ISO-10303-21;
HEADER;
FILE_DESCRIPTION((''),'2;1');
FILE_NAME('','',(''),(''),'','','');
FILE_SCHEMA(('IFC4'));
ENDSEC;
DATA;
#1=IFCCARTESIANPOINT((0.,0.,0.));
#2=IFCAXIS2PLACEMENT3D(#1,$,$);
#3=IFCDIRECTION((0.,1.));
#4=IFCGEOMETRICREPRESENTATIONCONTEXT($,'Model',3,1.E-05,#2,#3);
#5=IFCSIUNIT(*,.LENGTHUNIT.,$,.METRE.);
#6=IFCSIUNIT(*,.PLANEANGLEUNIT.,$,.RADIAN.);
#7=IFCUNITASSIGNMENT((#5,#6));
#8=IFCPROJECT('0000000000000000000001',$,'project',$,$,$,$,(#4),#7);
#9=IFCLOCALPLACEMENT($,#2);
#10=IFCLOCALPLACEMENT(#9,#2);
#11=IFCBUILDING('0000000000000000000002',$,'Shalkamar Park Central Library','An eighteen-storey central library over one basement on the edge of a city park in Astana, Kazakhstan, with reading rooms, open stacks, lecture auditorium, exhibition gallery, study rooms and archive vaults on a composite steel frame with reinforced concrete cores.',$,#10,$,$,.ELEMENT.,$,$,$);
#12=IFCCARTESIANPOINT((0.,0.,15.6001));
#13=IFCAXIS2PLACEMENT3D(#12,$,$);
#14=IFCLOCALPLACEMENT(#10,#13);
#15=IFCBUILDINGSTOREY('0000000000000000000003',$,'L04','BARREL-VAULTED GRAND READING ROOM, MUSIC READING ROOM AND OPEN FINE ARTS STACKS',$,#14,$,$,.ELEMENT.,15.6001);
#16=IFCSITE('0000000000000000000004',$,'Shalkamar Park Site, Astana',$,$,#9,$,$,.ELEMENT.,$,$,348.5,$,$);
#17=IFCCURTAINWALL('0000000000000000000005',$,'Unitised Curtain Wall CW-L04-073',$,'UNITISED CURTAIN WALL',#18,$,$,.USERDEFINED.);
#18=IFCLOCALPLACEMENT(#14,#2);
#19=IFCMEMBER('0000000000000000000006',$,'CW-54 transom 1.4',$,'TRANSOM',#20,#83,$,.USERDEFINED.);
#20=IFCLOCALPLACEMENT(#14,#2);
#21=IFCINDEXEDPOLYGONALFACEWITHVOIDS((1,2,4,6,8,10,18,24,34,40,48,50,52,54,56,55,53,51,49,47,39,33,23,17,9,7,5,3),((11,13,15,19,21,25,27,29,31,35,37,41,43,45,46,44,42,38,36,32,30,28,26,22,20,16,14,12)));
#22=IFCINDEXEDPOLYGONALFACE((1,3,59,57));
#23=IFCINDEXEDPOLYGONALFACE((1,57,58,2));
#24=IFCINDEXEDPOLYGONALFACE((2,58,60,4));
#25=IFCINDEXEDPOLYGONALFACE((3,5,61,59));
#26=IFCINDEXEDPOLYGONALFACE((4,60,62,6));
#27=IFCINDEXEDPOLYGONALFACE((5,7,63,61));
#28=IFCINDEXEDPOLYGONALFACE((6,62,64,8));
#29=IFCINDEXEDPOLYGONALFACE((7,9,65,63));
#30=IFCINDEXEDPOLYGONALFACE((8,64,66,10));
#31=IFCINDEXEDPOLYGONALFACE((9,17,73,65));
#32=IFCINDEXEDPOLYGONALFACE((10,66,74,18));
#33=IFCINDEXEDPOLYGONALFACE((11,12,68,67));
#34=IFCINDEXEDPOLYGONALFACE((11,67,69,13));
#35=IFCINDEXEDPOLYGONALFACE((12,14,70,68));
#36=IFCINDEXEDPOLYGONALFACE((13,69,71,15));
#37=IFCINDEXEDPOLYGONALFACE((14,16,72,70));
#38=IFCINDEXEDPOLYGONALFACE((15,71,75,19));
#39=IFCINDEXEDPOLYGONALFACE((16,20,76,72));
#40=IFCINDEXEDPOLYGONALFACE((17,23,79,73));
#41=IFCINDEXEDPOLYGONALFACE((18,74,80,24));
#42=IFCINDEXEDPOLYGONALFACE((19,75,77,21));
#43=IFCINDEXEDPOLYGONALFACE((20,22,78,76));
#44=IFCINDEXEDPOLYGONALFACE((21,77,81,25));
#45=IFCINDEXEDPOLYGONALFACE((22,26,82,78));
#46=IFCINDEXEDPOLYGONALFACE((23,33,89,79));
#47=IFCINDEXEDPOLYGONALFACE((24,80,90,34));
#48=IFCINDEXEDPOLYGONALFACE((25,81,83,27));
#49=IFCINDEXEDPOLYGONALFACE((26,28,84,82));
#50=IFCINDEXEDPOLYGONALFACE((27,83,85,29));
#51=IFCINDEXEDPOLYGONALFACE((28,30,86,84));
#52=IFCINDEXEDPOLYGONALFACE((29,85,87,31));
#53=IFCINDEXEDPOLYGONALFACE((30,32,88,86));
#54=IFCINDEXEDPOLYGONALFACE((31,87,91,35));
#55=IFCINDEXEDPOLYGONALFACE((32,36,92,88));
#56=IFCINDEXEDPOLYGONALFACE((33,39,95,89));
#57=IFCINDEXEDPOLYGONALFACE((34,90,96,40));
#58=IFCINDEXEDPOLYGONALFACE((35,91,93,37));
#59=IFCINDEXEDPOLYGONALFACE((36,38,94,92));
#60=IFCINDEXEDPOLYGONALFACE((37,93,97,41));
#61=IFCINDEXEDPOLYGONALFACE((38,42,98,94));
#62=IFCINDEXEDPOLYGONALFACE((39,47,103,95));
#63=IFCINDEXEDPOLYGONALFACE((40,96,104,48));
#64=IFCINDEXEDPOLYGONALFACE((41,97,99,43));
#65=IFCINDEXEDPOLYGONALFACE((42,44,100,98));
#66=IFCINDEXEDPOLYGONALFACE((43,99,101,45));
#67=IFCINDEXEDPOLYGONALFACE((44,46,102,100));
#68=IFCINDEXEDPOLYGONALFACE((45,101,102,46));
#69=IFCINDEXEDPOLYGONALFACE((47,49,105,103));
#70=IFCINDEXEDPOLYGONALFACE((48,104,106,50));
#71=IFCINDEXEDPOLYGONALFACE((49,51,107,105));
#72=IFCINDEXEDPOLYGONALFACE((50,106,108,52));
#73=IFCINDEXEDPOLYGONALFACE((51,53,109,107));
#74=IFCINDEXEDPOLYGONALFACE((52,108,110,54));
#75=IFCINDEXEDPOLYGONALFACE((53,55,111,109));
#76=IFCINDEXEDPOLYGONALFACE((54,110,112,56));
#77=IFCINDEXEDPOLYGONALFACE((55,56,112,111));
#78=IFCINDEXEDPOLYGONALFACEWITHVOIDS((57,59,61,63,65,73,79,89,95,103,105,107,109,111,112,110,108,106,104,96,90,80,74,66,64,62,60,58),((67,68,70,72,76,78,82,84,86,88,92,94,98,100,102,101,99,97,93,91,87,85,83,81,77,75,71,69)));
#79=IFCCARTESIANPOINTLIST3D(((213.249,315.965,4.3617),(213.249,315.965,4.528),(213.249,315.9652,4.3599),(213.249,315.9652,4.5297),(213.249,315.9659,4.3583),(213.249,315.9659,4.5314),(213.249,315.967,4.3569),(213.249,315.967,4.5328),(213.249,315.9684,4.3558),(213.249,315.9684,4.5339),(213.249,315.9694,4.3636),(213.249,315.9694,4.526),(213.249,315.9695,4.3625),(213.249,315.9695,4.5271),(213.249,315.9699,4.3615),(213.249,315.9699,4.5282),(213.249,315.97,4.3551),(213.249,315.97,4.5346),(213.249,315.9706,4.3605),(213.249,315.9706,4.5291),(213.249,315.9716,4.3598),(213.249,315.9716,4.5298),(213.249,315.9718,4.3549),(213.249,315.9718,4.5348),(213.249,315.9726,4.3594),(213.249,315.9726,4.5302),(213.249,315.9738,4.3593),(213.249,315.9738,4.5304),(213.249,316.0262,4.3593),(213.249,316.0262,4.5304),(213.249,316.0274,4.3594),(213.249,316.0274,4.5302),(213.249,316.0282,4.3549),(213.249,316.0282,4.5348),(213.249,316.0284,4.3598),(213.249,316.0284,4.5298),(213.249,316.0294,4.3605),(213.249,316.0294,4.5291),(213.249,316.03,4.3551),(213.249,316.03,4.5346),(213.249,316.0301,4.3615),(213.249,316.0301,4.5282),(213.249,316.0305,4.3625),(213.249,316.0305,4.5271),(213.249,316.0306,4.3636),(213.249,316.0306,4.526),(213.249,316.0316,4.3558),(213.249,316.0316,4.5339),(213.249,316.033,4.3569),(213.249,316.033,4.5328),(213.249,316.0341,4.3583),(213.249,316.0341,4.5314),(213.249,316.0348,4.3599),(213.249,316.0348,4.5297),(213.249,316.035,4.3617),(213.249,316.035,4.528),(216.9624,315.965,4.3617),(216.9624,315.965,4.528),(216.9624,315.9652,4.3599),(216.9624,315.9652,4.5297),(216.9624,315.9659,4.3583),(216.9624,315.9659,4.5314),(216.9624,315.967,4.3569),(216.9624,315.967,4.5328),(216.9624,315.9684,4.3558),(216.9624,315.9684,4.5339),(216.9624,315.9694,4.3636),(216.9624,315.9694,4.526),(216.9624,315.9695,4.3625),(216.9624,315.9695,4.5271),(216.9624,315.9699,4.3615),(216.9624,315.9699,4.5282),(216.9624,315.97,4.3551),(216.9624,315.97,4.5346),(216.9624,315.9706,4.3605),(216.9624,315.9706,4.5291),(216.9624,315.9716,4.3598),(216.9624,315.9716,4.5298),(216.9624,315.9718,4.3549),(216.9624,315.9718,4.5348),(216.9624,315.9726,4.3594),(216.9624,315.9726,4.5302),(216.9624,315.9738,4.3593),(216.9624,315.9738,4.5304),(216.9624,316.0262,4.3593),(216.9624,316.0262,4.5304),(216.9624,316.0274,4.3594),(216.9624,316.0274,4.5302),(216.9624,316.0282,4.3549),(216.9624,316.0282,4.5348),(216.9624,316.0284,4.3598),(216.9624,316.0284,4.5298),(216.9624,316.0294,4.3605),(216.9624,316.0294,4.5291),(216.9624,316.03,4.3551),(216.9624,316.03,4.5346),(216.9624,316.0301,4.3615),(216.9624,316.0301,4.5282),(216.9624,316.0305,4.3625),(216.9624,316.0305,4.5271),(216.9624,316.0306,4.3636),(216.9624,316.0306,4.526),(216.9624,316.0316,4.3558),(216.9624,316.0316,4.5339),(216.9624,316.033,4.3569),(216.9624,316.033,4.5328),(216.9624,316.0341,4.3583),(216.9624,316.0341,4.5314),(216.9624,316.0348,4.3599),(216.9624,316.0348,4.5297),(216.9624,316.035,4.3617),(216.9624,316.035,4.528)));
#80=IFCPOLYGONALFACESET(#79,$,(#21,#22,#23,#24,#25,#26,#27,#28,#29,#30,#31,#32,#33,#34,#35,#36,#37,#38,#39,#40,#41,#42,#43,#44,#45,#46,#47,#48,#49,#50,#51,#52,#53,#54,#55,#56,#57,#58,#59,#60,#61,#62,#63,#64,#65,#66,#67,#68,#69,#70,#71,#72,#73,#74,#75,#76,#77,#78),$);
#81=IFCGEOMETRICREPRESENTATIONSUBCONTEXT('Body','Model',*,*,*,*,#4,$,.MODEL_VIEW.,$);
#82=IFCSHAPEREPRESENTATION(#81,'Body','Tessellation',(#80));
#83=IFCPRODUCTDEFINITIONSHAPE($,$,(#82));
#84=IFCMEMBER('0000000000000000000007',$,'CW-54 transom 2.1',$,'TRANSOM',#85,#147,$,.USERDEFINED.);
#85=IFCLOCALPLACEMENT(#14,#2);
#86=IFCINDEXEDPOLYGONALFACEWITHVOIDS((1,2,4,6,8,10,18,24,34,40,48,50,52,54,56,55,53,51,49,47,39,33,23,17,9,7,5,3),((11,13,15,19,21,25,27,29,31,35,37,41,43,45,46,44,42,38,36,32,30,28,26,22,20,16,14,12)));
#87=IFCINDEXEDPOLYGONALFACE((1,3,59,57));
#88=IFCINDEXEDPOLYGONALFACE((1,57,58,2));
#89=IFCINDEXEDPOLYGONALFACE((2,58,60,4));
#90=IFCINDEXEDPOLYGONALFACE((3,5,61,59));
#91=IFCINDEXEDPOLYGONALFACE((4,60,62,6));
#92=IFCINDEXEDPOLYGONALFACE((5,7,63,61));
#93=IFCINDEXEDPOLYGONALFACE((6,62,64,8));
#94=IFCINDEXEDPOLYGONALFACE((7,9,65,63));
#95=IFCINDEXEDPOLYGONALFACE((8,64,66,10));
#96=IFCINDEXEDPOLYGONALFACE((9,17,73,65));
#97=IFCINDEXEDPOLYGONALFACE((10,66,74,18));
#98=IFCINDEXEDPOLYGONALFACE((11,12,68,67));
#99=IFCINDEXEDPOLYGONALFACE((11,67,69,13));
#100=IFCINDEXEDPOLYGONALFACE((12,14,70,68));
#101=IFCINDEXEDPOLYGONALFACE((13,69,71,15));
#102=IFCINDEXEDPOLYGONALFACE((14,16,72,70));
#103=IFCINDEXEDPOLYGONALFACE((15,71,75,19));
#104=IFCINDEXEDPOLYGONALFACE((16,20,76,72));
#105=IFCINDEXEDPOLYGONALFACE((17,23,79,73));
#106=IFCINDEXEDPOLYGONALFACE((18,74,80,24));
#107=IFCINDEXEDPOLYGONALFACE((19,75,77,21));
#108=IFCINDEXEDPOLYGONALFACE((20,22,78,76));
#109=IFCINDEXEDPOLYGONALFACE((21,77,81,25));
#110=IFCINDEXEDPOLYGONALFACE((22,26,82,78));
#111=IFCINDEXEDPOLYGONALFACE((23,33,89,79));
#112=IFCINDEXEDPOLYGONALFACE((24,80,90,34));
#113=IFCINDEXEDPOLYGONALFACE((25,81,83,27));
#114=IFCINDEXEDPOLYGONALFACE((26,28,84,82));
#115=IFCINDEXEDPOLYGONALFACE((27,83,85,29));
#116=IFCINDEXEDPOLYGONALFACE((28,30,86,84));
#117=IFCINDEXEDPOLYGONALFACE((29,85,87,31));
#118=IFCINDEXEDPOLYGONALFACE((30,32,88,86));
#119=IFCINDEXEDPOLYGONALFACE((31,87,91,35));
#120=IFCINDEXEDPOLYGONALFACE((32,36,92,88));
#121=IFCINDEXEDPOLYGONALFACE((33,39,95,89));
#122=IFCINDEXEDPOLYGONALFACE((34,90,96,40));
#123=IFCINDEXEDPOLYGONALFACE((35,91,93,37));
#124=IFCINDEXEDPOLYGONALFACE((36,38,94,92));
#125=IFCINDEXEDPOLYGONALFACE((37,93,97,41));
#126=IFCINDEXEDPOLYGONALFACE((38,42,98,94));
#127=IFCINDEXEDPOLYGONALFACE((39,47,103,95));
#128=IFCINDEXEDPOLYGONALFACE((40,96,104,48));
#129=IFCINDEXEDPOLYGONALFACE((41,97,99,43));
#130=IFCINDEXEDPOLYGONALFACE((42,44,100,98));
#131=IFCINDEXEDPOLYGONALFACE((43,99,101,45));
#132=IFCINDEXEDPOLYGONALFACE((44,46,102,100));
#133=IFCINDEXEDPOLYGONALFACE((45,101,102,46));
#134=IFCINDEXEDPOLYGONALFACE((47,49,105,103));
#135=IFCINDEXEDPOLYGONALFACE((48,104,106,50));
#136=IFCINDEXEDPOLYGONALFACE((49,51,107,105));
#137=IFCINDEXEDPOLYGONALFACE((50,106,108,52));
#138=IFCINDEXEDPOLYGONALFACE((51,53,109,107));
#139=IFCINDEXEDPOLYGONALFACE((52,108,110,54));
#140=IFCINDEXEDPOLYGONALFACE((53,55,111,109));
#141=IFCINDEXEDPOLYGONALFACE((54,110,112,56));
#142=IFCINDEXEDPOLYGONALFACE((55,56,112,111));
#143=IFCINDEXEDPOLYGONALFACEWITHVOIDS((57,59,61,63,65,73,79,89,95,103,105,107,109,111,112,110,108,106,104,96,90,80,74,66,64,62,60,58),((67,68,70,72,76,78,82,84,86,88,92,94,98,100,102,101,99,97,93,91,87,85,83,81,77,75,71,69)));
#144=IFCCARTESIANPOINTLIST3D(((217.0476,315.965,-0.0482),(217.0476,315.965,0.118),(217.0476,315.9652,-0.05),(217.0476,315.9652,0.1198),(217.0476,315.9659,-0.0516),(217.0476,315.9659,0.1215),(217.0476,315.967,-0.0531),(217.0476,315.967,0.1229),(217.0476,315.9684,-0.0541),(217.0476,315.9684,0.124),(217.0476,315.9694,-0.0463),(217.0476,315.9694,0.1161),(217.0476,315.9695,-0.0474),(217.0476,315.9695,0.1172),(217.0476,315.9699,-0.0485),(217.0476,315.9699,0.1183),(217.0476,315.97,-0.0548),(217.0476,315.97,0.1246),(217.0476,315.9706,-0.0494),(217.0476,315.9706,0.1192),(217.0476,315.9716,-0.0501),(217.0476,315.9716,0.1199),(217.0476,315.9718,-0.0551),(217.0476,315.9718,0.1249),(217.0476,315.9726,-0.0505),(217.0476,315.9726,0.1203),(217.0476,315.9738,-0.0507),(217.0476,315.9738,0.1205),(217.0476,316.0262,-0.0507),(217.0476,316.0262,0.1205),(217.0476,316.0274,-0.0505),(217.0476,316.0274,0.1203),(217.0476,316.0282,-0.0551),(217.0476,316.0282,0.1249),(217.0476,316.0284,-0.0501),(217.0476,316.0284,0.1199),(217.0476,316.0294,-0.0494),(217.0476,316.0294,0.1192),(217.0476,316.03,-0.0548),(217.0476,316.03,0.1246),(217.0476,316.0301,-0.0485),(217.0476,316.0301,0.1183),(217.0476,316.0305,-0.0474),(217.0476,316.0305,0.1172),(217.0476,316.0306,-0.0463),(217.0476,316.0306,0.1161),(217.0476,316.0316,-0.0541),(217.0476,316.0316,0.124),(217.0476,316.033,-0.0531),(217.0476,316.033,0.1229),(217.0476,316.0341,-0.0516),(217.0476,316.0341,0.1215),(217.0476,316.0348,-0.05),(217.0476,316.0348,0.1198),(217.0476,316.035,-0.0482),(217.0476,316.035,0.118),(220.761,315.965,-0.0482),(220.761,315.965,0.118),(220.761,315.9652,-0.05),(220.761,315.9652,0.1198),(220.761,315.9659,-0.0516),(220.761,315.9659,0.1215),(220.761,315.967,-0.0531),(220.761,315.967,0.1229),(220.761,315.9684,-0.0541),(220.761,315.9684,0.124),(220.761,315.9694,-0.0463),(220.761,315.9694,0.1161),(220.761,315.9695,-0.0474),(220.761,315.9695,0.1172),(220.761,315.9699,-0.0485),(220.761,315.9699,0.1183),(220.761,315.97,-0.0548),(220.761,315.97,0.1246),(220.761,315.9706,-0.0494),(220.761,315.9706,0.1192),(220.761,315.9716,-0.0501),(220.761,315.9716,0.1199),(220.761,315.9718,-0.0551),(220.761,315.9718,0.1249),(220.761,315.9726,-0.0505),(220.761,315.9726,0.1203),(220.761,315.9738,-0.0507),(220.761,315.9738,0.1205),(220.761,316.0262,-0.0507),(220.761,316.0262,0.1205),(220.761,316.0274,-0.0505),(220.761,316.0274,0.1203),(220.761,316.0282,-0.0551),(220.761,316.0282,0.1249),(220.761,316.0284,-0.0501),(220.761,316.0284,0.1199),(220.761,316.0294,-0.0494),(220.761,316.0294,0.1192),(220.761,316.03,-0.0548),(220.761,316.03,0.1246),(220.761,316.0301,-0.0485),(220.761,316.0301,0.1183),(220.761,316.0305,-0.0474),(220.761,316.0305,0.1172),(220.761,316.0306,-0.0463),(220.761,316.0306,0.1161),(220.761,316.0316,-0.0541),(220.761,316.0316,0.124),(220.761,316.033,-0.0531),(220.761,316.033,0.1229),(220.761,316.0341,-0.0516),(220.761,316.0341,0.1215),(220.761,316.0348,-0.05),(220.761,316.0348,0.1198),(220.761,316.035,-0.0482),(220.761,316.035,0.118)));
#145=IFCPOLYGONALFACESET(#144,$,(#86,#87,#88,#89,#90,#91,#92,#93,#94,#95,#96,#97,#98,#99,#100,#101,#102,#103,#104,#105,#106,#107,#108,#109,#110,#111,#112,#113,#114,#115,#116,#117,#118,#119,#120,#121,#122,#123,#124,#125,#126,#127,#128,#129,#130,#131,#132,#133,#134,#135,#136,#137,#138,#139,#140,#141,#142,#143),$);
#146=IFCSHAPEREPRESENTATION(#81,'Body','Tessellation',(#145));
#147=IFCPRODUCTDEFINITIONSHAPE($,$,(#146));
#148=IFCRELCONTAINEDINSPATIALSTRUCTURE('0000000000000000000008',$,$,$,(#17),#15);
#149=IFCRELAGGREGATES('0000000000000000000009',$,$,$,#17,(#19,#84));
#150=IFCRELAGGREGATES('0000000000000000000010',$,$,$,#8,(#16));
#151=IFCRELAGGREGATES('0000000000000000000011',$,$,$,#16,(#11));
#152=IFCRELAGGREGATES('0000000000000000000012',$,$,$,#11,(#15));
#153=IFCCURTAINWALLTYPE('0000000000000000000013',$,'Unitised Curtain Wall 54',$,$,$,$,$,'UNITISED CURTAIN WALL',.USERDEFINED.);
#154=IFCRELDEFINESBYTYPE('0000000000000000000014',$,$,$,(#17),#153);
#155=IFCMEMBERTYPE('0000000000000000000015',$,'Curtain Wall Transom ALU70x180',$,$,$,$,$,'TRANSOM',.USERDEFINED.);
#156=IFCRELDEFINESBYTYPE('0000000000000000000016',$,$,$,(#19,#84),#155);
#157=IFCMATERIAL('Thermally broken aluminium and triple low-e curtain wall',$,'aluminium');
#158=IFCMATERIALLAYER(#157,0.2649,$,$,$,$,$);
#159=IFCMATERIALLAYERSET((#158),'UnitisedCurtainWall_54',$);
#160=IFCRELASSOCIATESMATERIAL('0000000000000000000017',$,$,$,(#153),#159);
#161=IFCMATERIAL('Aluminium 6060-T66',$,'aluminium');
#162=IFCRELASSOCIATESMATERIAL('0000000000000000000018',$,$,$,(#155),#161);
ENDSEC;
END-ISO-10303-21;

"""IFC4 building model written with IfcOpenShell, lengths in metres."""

from ifc_helpers import new_model, si_unit, direction, frame, origin, origin_2d, place, context, subcontext, project, spatial, hollow_rectangle, extrude, material, layer, layer_set, material_profile, profile_set, type_object, element, aggregate, save


model = new_model("IFC4")

# Units and contexts
model_context = context("Model", 3, precision=1e-05, world=origin(), true_north=direction((0.0, 1.0)))
body_context = subcontext(model_context, "Body", "Model", "MODEL_VIEW")
ifc_project = project(units=[si_unit("LENGTHUNIT", "METRE"), si_unit("PLANEANGLEUNIT", "RADIAN")], contexts=[model_context])

# Site, building, storey
site_placement = place(None, origin())
site = spatial("IfcSite", under=ifc_project, at=site_placement, Name="Shalkamar Park Site, Astana", CompositionType="ELEMENT", RefElevation=348.5)
building_placement = place(site_placement, origin())
building = spatial("IfcBuilding", under=site, at=building_placement, Name="Shalkamar Park Central Library", Description="An eighteen-storey central library over one basement on the edge of a city park in Astana, Kazakhstan, with reading rooms, open stacks, lecture auditorium, exhibition gallery, study rooms and archive vaults on a composite steel frame with reinforced concrete cores.", CompositionType="ELEMENT")
storey_placement = place(building_placement, frame((0.0, 0.0, 15.6001)))
storey = spatial("IfcBuildingStorey", under=building, at=storey_placement, Name="L04", Description="BARREL-VAULTED GRAND READING ROOM, MUSIC READING ROOM AND OPEN FINE ARTS STACKS", CompositionType="ELEMENT", Elevation=15.6001)

# Curtain wall
ifc_material_1 = material(Name="Thermally broken aluminium and triple low-e curtain wall", Category="aluminium")
ifc_material_2 = material(Name="Aluminium 6060-T66", Category="aluminium")
ifc_layer_1 = layer(ifc_material_1, 0.2649)
ifc_layer_set_1 = layer_set([ifc_layer_1], Name="UnitisedCurtainWall_54")
curtain_wall_type_1 = type_object("IfcCurtainWallType", Name="Unitised Curtain Wall 54", ElementType="UNITISED CURTAIN WALL", PredefinedType="USERDEFINED", material=ifc_layer_set_1)
curtain_wall_1_placement = place(storey_placement, origin())
curtain_wall_1 = element("IfcCurtainWall", 1, at=curtain_wall_1_placement, inside=storey, type_object=curtain_wall_type_1, Name="Unitised Curtain Wall CW-L04-073", ObjectType="UNITISED CURTAIN WALL", PredefinedType="USERDEFINED")

# Members
ifc_material_profile_1 = material_profile(ifc_material_2, hollow_rectangle(XDim=0.0701, YDim=0.1799, WallThickness=0.0044, InnerFilletRadius=0.0044, OuterFilletRadius=0.0068, at=origin_2d()), Name="ALU 70x180x4.5")
ifc_profile_set_1 = profile_set([ifc_material_profile_1], Name="Aluminium 6060-T66")
member_type_1 = type_object("IfcMemberType", Name="Curtain Wall Transom ALU70x180", ElementType="TRANSOM", PredefinedType="USERDEFINED", material=ifc_profile_set_1)
member_1_placement = place(storey_placement, frame((213.249, 316.0, 4.4448), z_axis=(1.0, 0.0, 0.0), x_axis=(0.0, 1.0, 0.0)))
member_1 = element("IfcMember", 2, at=member_1_placement, type_object=member_type_1, Name="CW-54 transom 1.4", ObjectType="TRANSOM", PredefinedType="USERDEFINED", context=body_context, shape_type="SweptSolid", body=[
    extrude(hollow_rectangle(XDim=0.0701, YDim=0.1799, WallThickness=0.0044, InnerFilletRadius=0.0044, OuterFilletRadius=0.0068, at=origin_2d()), origin(), (0.0, 0.0, 1.0), 3.7134),
])
member_2_placement = place(storey_placement, frame((217.0476, 316.0, 0.0349), z_axis=(1.0, 0.0, 0.0), x_axis=(0.0, 1.0, 0.0)))
member_2 = element("IfcMember", 3, at=member_2_placement, type_object=member_type_1, Name="CW-54 transom 2.1", ObjectType="TRANSOM", PredefinedType="USERDEFINED", context=body_context, shape_type="SweptSolid", body=[
    extrude(hollow_rectangle(XDim=0.0701, YDim=0.1799, WallThickness=0.0044, InnerFilletRadius=0.0044, OuterFilletRadius=0.0068, at=origin_2d()), origin(), (0.0, 0.0, 1.0), 3.7134),
])

aggregate(curtain_wall_1, [member_1, member_2])

save(model, "model.ifc")
